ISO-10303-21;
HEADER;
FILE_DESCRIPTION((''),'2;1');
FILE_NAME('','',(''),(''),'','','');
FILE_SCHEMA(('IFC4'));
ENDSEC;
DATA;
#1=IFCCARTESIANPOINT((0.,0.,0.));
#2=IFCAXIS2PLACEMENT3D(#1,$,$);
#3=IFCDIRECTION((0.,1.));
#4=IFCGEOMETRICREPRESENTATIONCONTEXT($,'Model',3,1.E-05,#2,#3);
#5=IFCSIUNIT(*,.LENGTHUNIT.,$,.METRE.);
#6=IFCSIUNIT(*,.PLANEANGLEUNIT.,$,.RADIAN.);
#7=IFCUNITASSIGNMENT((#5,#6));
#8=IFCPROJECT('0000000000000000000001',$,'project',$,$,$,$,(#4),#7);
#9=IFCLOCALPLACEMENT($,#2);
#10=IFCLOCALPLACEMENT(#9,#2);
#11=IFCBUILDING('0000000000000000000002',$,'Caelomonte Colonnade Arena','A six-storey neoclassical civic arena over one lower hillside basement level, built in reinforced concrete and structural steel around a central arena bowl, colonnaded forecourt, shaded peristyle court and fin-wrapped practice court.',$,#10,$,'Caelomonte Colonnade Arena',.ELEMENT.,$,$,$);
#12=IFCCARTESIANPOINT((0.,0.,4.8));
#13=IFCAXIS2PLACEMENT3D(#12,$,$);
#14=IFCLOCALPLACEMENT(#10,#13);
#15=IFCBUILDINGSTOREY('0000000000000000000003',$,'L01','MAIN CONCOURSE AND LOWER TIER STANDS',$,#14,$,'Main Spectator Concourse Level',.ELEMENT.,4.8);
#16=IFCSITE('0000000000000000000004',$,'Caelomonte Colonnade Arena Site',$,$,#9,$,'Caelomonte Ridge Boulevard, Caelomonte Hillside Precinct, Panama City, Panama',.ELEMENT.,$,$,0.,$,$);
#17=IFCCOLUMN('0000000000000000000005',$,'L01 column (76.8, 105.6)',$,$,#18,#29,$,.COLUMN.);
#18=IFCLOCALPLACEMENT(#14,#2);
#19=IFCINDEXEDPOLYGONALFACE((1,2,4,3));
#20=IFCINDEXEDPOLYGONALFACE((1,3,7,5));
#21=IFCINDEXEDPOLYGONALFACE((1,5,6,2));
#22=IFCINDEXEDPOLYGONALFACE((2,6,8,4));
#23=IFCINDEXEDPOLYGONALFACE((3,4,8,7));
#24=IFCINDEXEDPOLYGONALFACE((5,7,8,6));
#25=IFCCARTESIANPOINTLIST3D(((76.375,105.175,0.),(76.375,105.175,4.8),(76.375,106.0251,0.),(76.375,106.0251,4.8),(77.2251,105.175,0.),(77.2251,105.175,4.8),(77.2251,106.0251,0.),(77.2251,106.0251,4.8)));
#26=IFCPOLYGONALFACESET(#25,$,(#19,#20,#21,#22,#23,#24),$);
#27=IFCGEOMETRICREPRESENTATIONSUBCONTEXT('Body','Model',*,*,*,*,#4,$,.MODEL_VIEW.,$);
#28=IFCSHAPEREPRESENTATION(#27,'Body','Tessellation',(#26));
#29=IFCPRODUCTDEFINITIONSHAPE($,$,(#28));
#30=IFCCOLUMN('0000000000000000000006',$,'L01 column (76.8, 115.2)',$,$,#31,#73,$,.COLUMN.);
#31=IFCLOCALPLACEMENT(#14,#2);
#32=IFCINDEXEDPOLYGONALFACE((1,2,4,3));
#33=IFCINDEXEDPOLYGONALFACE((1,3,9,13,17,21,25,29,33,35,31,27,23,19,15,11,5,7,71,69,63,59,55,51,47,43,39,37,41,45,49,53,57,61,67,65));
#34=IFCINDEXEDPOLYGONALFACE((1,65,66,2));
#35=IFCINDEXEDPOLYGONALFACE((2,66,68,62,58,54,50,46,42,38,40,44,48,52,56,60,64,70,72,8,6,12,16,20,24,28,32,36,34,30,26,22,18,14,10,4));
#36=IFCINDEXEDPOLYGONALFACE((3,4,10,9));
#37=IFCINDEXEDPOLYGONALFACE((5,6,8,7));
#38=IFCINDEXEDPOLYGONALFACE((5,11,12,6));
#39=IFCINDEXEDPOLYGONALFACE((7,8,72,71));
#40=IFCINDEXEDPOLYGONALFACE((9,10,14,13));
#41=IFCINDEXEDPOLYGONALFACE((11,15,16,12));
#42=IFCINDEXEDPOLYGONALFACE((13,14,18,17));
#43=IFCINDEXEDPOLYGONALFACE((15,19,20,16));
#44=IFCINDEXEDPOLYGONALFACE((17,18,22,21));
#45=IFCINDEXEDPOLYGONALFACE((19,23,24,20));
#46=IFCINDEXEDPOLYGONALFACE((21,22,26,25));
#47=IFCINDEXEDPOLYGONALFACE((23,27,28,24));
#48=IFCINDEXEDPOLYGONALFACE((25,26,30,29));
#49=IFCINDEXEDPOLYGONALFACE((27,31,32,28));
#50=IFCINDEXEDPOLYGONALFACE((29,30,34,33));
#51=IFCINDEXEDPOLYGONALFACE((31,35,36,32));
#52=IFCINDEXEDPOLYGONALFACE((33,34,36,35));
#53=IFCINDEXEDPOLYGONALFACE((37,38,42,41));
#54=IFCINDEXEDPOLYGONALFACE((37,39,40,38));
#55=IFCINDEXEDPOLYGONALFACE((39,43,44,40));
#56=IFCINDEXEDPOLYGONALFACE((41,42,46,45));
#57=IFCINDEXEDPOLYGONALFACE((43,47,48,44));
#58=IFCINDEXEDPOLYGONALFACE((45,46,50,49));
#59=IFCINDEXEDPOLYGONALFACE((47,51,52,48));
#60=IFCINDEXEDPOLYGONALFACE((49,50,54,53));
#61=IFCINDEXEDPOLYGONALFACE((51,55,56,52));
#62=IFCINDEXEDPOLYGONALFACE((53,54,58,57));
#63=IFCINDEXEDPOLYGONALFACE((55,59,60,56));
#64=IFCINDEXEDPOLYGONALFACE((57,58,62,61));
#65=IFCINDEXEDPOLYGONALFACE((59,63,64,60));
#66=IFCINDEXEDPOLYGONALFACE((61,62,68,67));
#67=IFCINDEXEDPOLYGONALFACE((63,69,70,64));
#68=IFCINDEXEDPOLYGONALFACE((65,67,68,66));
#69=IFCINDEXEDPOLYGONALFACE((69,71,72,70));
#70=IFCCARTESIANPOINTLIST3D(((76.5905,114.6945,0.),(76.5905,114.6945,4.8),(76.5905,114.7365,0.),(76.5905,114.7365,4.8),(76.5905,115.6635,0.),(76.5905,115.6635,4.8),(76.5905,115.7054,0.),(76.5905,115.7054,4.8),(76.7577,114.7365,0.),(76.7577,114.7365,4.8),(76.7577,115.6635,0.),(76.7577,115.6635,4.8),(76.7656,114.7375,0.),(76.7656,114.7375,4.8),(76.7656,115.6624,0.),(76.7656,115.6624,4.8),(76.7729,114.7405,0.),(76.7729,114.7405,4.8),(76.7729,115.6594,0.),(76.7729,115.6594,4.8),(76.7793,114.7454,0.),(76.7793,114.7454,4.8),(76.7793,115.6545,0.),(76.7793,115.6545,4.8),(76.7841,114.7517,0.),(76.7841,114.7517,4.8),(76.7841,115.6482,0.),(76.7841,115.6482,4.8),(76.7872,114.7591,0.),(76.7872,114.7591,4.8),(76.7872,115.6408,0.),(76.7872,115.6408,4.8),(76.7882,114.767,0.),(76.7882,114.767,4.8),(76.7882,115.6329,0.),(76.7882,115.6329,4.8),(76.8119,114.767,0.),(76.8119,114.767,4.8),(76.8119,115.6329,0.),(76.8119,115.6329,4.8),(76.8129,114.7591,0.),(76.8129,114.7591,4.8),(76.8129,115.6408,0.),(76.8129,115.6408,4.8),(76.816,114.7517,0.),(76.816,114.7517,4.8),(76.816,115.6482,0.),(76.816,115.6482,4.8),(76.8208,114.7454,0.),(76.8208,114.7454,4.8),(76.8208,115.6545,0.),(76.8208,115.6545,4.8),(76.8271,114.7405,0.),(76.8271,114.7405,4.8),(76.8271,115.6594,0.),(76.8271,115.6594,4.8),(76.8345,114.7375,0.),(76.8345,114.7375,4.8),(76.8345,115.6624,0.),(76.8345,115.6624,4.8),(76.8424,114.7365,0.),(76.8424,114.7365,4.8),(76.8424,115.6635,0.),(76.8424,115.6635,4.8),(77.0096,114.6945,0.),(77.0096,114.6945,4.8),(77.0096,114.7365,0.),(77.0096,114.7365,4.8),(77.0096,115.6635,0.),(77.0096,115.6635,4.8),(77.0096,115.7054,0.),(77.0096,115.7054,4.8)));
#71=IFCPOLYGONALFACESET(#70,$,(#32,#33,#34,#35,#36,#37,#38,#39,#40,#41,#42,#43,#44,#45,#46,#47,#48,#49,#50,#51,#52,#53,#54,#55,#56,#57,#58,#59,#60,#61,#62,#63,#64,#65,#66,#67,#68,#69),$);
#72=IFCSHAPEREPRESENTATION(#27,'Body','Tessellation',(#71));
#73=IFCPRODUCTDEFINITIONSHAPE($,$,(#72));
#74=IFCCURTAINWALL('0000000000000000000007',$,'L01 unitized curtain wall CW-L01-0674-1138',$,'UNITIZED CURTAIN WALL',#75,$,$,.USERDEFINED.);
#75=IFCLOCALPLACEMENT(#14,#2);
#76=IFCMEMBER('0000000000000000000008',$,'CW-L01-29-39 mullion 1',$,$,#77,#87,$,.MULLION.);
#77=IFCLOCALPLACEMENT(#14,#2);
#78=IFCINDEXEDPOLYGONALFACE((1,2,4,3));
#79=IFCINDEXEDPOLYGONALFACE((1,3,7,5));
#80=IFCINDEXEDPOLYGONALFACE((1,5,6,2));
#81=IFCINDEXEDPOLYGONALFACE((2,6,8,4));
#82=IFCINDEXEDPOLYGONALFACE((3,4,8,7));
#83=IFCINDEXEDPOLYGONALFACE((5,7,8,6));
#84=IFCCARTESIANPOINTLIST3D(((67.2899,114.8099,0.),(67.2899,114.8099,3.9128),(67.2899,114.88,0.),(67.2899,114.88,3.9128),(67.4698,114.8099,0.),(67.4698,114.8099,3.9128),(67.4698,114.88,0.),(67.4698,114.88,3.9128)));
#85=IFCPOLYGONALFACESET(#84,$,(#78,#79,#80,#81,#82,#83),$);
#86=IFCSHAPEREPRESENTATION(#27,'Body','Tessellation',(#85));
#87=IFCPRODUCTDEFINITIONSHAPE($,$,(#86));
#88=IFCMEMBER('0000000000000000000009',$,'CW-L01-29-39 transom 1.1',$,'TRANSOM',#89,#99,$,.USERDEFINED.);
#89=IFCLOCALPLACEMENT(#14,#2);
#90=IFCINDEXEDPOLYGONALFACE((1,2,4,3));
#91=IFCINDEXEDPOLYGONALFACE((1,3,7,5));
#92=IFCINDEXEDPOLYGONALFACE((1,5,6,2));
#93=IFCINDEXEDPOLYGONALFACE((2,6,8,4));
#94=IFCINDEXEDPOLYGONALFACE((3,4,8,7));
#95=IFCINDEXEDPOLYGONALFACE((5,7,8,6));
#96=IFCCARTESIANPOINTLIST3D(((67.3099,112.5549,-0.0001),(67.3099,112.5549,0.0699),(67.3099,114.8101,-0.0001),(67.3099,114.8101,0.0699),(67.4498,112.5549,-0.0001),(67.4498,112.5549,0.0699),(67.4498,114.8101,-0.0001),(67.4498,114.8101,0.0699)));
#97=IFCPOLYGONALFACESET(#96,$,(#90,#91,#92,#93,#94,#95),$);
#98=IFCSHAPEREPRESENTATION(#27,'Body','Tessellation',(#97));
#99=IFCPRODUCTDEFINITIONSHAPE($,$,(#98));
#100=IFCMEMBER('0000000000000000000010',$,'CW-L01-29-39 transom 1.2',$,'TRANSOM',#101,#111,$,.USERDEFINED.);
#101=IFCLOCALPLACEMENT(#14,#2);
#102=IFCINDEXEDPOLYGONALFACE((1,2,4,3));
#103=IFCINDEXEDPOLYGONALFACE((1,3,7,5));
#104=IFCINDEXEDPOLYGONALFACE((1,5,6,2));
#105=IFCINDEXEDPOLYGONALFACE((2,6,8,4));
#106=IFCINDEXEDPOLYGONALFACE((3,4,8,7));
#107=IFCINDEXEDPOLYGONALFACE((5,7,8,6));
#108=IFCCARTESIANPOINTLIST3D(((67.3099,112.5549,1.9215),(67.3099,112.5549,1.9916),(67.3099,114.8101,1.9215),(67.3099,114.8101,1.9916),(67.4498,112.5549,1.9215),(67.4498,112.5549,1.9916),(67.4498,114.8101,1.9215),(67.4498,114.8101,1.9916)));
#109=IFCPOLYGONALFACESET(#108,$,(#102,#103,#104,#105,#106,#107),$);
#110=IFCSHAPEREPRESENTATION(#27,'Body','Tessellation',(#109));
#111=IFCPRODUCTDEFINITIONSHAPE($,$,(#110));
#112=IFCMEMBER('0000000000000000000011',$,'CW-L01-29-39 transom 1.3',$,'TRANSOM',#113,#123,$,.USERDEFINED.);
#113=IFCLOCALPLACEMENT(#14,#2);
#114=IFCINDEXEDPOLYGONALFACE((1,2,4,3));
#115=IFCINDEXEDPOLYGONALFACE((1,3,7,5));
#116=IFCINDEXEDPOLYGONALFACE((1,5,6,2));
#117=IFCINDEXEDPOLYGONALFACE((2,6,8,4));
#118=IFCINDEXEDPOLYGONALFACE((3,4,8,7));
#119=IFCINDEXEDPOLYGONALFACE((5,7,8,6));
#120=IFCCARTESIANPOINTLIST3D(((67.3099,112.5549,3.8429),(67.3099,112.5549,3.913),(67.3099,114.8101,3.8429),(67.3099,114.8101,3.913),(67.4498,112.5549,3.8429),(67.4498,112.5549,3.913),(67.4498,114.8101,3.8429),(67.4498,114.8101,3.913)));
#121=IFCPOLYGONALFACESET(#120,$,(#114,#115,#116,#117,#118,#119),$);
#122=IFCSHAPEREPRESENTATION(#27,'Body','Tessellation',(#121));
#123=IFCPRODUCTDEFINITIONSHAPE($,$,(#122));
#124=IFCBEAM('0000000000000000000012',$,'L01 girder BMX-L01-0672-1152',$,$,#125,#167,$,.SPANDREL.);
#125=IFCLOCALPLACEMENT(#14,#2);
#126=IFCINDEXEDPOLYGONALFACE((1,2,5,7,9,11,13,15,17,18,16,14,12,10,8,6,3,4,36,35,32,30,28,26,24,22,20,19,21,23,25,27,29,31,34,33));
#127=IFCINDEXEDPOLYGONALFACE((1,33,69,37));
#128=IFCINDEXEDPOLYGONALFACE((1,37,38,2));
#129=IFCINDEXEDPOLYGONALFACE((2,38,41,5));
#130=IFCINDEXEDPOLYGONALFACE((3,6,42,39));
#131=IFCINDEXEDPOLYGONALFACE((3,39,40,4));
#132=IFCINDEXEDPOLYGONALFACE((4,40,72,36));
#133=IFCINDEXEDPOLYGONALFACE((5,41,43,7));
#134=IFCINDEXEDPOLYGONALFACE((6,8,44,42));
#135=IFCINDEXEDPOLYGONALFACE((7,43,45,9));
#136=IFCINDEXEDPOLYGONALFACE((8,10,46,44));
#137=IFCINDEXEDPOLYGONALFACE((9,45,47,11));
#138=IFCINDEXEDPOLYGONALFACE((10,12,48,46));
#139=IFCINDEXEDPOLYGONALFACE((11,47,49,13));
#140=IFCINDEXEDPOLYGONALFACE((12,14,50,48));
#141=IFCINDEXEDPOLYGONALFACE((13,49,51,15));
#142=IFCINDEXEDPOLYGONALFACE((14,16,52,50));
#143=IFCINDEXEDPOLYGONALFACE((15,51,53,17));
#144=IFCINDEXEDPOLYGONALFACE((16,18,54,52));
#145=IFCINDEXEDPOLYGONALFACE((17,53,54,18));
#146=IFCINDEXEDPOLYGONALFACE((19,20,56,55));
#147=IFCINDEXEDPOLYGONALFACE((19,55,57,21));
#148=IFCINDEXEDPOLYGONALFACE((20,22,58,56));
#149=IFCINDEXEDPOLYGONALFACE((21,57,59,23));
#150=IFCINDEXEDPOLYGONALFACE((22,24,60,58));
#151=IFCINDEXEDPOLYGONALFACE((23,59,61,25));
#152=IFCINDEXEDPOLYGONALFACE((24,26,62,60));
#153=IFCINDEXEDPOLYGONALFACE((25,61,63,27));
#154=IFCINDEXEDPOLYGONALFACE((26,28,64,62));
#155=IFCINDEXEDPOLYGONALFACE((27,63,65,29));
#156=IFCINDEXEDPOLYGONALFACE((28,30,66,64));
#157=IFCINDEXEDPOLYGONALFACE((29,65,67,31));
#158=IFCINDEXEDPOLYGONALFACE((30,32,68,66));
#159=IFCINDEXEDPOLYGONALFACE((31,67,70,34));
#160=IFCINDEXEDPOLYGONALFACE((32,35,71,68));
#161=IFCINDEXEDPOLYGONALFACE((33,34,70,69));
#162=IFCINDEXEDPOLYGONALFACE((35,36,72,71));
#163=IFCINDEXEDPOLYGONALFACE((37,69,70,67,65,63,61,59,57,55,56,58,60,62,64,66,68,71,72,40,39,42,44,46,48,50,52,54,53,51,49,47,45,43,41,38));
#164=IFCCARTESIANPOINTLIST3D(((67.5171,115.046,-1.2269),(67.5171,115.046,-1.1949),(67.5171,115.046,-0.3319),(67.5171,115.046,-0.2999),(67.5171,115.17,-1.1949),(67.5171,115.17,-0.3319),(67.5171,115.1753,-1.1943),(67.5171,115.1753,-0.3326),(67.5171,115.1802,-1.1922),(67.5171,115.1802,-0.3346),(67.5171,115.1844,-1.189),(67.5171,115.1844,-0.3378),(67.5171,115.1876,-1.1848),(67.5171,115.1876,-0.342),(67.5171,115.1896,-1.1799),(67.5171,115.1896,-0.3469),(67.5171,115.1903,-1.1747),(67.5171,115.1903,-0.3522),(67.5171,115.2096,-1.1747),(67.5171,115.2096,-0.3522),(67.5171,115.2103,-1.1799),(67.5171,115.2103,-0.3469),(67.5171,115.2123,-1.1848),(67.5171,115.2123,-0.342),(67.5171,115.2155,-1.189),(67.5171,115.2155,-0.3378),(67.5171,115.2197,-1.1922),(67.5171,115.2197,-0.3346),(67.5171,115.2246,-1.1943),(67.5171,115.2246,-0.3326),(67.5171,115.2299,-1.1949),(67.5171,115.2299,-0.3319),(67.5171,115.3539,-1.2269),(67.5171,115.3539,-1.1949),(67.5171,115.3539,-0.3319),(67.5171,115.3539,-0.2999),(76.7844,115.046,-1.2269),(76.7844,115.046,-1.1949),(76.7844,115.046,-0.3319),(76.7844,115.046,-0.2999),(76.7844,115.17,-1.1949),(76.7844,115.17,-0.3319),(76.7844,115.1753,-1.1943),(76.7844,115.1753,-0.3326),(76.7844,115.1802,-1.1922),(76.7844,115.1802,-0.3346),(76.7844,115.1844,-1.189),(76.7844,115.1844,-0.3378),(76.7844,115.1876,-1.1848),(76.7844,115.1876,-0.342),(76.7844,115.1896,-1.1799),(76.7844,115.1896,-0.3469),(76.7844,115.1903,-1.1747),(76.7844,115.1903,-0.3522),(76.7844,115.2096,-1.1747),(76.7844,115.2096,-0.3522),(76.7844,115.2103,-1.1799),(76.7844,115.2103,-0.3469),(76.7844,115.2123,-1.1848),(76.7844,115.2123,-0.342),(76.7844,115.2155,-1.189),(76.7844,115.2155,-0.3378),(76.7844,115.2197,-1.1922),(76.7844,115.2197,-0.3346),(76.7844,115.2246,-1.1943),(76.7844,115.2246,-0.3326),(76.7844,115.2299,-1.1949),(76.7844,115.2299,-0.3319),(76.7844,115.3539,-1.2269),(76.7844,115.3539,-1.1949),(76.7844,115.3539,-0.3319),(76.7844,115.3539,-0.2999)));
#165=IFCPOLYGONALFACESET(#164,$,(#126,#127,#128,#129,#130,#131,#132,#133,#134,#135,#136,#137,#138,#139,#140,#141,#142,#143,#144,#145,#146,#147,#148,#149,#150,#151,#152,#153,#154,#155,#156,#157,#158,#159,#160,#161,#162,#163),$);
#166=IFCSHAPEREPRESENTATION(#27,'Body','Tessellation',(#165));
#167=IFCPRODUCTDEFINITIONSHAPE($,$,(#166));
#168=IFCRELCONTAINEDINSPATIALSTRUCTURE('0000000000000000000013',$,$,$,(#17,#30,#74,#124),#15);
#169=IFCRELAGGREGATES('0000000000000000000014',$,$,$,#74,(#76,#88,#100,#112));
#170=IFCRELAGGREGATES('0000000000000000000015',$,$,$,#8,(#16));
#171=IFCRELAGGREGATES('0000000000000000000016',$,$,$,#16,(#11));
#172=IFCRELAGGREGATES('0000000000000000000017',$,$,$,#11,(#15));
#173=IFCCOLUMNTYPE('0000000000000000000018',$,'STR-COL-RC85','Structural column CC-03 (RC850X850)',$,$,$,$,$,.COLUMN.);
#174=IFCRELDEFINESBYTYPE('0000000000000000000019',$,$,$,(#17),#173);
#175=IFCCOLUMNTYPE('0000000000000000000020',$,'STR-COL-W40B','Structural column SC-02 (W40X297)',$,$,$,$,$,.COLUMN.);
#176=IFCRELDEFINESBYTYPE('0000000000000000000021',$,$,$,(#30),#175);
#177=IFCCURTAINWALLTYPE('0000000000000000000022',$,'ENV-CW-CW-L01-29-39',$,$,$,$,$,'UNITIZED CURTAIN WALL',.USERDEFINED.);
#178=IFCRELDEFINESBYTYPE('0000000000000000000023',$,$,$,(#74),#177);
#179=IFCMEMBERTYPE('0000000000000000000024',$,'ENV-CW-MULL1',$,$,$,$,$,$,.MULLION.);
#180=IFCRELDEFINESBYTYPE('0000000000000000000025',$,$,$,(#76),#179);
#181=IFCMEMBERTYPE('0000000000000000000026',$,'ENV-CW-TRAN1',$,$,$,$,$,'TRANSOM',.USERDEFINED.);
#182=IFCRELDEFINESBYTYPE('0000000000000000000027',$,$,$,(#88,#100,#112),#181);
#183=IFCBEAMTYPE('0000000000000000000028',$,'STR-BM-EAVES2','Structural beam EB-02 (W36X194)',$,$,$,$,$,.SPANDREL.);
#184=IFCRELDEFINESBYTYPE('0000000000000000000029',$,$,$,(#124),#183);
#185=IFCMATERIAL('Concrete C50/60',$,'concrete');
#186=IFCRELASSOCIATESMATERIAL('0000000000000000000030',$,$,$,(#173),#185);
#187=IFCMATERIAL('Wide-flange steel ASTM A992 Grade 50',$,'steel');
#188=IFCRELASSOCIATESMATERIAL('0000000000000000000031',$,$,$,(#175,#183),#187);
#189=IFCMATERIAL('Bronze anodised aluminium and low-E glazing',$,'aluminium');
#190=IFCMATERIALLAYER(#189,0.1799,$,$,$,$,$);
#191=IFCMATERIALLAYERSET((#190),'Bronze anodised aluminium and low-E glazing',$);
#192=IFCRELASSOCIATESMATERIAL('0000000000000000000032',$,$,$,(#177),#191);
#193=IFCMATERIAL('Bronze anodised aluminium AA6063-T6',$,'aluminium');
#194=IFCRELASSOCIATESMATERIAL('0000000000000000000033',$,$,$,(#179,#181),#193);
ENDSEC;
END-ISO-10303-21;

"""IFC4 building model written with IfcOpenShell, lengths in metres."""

from ifc_helpers import new_model, si_unit, direction, frame, origin, origin_2d, place, context, subcontext, project, spatial, rectangle, i_section, extrude, material, layer, layer_set, material_profile, profile_set, type_object, element, aggregate, save


model = new_model("IFC4")

# Units and contexts
model_context = context("Model", 3, precision=1e-05, world=origin(), true_north=direction((0.0, 1.0)))
body_context = subcontext(model_context, "Body", "Model", "MODEL_VIEW")
ifc_project = project(units=[si_unit("LENGTHUNIT", "METRE"), si_unit("PLANEANGLEUNIT", "RADIAN")], contexts=[model_context])

# Site, building, storey
site_placement = place(None, origin())
site = spatial("IfcSite", under=ifc_project, at=site_placement, Name="Caelomonte Colonnade Arena Site", LongName="Caelomonte Ridge Boulevard, Caelomonte Hillside Precinct, Panama City, Panama", CompositionType="ELEMENT", RefElevation=0.0)
building_placement = place(site_placement, origin())
building = spatial("IfcBuilding", under=site, at=building_placement, Name="Caelomonte Colonnade Arena", Description="A six-storey neoclassical civic arena over one lower hillside basement level, built in reinforced concrete and structural steel around a central arena bowl, colonnaded forecourt, shaded peristyle court and fin-wrapped practice court.", LongName="Caelomonte Colonnade Arena", CompositionType="ELEMENT")
storey_placement = place(building_placement, frame((0.0, 0.0, 4.8)))
storey = spatial("IfcBuildingStorey", under=building, at=storey_placement, Name="L01", Description="MAIN CONCOURSE AND LOWER TIER STANDS", LongName="Main Spectator Concourse Level", CompositionType="ELEMENT", Elevation=4.8)

# Columns
ifc_material_1 = material(Name="Concrete C50/60", Category="concrete")
ifc_material_profile_1 = material_profile(ifc_material_1, rectangle(XDim=0.8501, YDim=0.8501, at=origin_2d()), Name="RC850X850")
ifc_profile_set_1 = profile_set([ifc_material_profile_1], Name="Concrete C50/60")
column_type_1 = type_object("IfcColumnType", Name="STR-COL-RC85", Description="Structural column CC-03 (RC850X850)", PredefinedType="COLUMN", material=ifc_profile_set_1)
column_1_placement = place(storey_placement, frame((76.8, 105.6001, 0.0), z_axis=(0.0, 0.0, 1.0), x_axis=(1.0, 0.0, 0.0)))
element("IfcColumn", 1, at=column_1_placement, inside=storey, type_object=column_type_1, Name="L01 column (76.8, 105.6)", PredefinedType="COLUMN", context=body_context, shape_type="SweptSolid", body=[
    extrude(rectangle(XDim=0.8501, YDim=0.8501, at=origin_2d()), origin(), (0.0, 0.0, 1.0), 4.8),
])
ifc_material_2 = material(Name="Wide-flange steel ASTM A992 Grade 50", Category="steel")
ifc_material_profile_2 = material_profile(ifc_material_2, i_section(OverallWidth=0.4192, OverallDepth=1.011, WebThickness=0.0237, FlangeThickness=0.042, FilletRadius=0.0305, at=origin_2d()), Name="W40X297")
ifc_profile_set_2 = profile_set([ifc_material_profile_2], Name="Wide-flange steel ASTM A992 Grade 50")
column_type_2 = type_object("IfcColumnType", Name="STR-COL-W40B", Description="Structural column SC-02 (W40X297)", PredefinedType="COLUMN", material=ifc_profile_set_2)
column_2_placement = place(storey_placement, frame((76.8, 115.2, 0.0), z_axis=(0.0, 0.0, 1.0), x_axis=(1.0, 0.0, 0.0)))
element("IfcColumn", 2, at=column_2_placement, inside=storey, type_object=column_type_2, Name="L01 column (76.8, 115.2)", PredefinedType="COLUMN", context=body_context, shape_type="SweptSolid", body=[
    extrude(i_section(OverallWidth=0.4192, OverallDepth=1.011, WebThickness=0.0237, FlangeThickness=0.042, FilletRadius=0.0305, at=origin_2d()), origin(), (0.0, 0.0, 1.0), 4.8),
])

# Curtain wall, members
ifc_material_3 = material(Name="Bronze anodised aluminium and low-E glazing", Category="aluminium")
ifc_layer_1 = layer(ifc_material_3, 0.1799)
ifc_layer_set_1 = layer_set([ifc_layer_1], Name="Bronze anodised aluminium and low-E glazing")
curtain_wall_type = type_object("IfcCurtainWallType", Name="ENV-CW-CW-L01-29-39", ElementType="UNITIZED CURTAIN WALL", PredefinedType="USERDEFINED", material=ifc_layer_set_1)
curtain_wall_placement = place(storey_placement, origin())
curtain_wall = element("IfcCurtainWall", 3, at=curtain_wall_placement, inside=storey, type_object=curtain_wall_type, Name="L01 unitized curtain wall CW-L01-0674-1138", ObjectType="UNITIZED CURTAIN WALL", PredefinedType="USERDEFINED")
ifc_material_4 = material(Name="Bronze anodised aluminium AA6063-T6", Category="aluminium")
ifc_material_profile_3 = material_profile(ifc_material_4, rectangle(XDim=0.0701, YDim=0.1799, at=origin_2d()), Name="CWM-70X180")
ifc_profile_set_3 = profile_set([ifc_material_profile_3], Name="Bronze anodised aluminium AA6063-T6")
member_type_1 = type_object("IfcMemberType", Name="ENV-CW-MULL1", PredefinedType="MULLION", material=ifc_profile_set_3)
member_1_placement = place(storey_placement, frame((67.3799, 114.845, 0.0), z_axis=(0.0, 0.0, 1.0), x_axis=(0.0, -1.0, 0.0)))
member_1 = element("IfcMember", 4, at=member_1_placement, type_object=member_type_1, Name="CW-L01-29-39 mullion 1", PredefinedType="MULLION", context=body_context, shape_type="SweptSolid", body=[
    extrude(rectangle(XDim=0.0701, YDim=0.1799, at=origin_2d()), origin(), (0.0, 0.0, 1.0), 3.9128),
])
ifc_material_profile_4 = material_profile(ifc_material_4, rectangle(XDim=0.0701, YDim=0.1399, at=origin_2d()), Name="CWT-70X140")
ifc_profile_set_4 = profile_set([ifc_material_profile_4], Name="Bronze anodised aluminium AA6063-T6")
member_type_2 = type_object("IfcMemberType", Name="ENV-CW-TRAN1", ElementType="TRANSOM", PredefinedType="USERDEFINED", material=ifc_profile_set_4)
member_2_placement = place(storey_placement, frame((67.3799, 114.8101, 0.0349), z_axis=(0.0, -1.0, 0.0), x_axis=(0.0, 0.0, 1.0)))
member_2 = element("IfcMember", 5, at=member_2_placement, type_object=member_type_2, Name="CW-L01-29-39 transom 1.1", ObjectType="TRANSOM", PredefinedType="USERDEFINED", context=body_context, shape_type="SweptSolid", body=[
    extrude(rectangle(XDim=0.0701, YDim=0.1399, at=origin_2d()), origin(), (0.0, 0.0, 1.0), 2.2551),
])
member_3_placement = place(storey_placement, frame((67.3799, 114.8101, 1.9565), z_axis=(0.0, -1.0, 0.0), x_axis=(0.0, 0.0, 1.0)))
member_3 = element("IfcMember", 6, at=member_3_placement, type_object=member_type_2, Name="CW-L01-29-39 transom 1.2", ObjectType="TRANSOM", PredefinedType="USERDEFINED", context=body_context, shape_type="SweptSolid", body=[
    extrude(rectangle(XDim=0.0701, YDim=0.1399, at=origin_2d()), origin(), (0.0, 0.0, 1.0), 2.2551),
])
member_4_placement = place(storey_placement, frame((67.3799, 114.8101, 3.8779), z_axis=(0.0, -1.0, 0.0), x_axis=(0.0, 0.0, 1.0)))
member_4 = element("IfcMember", 7, at=member_4_placement, type_object=member_type_2, Name="CW-L01-29-39 transom 1.3", ObjectType="TRANSOM", PredefinedType="USERDEFINED", context=body_context, shape_type="SweptSolid", body=[
    extrude(rectangle(XDim=0.0701, YDim=0.1399, at=origin_2d()), origin(), (0.0, 0.0, 1.0), 2.2551),
])
aggregate(curtain_wall, [member_1, member_2, member_3, member_4])

# Beam
ifc_material_profile_5 = material_profile(ifc_material_2, i_section(OverallWidth=0.3079, OverallDepth=0.927, WebThickness=0.0193, FlangeThickness=0.032, FilletRadius=0.0203, at=origin_2d()), Name="W36X194")
ifc_profile_set_5 = profile_set([ifc_material_profile_5], Name="Wide-flange steel ASTM A992 Grade 50")
beam_type_1 = type_object("IfcBeamType", Name="STR-BM-EAVES2", Description="Structural beam EB-02 (W36X194)", PredefinedType="SPANDREL", material=ifc_profile_set_5)
beam_1_placement = place(storey_placement, frame((67.5171, 115.2, -0.7634), z_axis=(1.0, 0.0, 0.0), x_axis=(0.0, 1.0, 0.0)))
element("IfcBeam", 8, at=beam_1_placement, inside=storey, type_object=beam_type_1, Name="L01 girder BMX-L01-0672-1152", PredefinedType="SPANDREL", context=body_context, shape_type="SweptSolid", body=[
    extrude(i_section(OverallWidth=0.3079, OverallDepth=0.927, WebThickness=0.0193, FlangeThickness=0.032, FilletRadius=0.0203, at=origin_2d()), origin(), (0.0, 0.0, 1.0), 9.2673),
])

save(model, "model.ifc")
